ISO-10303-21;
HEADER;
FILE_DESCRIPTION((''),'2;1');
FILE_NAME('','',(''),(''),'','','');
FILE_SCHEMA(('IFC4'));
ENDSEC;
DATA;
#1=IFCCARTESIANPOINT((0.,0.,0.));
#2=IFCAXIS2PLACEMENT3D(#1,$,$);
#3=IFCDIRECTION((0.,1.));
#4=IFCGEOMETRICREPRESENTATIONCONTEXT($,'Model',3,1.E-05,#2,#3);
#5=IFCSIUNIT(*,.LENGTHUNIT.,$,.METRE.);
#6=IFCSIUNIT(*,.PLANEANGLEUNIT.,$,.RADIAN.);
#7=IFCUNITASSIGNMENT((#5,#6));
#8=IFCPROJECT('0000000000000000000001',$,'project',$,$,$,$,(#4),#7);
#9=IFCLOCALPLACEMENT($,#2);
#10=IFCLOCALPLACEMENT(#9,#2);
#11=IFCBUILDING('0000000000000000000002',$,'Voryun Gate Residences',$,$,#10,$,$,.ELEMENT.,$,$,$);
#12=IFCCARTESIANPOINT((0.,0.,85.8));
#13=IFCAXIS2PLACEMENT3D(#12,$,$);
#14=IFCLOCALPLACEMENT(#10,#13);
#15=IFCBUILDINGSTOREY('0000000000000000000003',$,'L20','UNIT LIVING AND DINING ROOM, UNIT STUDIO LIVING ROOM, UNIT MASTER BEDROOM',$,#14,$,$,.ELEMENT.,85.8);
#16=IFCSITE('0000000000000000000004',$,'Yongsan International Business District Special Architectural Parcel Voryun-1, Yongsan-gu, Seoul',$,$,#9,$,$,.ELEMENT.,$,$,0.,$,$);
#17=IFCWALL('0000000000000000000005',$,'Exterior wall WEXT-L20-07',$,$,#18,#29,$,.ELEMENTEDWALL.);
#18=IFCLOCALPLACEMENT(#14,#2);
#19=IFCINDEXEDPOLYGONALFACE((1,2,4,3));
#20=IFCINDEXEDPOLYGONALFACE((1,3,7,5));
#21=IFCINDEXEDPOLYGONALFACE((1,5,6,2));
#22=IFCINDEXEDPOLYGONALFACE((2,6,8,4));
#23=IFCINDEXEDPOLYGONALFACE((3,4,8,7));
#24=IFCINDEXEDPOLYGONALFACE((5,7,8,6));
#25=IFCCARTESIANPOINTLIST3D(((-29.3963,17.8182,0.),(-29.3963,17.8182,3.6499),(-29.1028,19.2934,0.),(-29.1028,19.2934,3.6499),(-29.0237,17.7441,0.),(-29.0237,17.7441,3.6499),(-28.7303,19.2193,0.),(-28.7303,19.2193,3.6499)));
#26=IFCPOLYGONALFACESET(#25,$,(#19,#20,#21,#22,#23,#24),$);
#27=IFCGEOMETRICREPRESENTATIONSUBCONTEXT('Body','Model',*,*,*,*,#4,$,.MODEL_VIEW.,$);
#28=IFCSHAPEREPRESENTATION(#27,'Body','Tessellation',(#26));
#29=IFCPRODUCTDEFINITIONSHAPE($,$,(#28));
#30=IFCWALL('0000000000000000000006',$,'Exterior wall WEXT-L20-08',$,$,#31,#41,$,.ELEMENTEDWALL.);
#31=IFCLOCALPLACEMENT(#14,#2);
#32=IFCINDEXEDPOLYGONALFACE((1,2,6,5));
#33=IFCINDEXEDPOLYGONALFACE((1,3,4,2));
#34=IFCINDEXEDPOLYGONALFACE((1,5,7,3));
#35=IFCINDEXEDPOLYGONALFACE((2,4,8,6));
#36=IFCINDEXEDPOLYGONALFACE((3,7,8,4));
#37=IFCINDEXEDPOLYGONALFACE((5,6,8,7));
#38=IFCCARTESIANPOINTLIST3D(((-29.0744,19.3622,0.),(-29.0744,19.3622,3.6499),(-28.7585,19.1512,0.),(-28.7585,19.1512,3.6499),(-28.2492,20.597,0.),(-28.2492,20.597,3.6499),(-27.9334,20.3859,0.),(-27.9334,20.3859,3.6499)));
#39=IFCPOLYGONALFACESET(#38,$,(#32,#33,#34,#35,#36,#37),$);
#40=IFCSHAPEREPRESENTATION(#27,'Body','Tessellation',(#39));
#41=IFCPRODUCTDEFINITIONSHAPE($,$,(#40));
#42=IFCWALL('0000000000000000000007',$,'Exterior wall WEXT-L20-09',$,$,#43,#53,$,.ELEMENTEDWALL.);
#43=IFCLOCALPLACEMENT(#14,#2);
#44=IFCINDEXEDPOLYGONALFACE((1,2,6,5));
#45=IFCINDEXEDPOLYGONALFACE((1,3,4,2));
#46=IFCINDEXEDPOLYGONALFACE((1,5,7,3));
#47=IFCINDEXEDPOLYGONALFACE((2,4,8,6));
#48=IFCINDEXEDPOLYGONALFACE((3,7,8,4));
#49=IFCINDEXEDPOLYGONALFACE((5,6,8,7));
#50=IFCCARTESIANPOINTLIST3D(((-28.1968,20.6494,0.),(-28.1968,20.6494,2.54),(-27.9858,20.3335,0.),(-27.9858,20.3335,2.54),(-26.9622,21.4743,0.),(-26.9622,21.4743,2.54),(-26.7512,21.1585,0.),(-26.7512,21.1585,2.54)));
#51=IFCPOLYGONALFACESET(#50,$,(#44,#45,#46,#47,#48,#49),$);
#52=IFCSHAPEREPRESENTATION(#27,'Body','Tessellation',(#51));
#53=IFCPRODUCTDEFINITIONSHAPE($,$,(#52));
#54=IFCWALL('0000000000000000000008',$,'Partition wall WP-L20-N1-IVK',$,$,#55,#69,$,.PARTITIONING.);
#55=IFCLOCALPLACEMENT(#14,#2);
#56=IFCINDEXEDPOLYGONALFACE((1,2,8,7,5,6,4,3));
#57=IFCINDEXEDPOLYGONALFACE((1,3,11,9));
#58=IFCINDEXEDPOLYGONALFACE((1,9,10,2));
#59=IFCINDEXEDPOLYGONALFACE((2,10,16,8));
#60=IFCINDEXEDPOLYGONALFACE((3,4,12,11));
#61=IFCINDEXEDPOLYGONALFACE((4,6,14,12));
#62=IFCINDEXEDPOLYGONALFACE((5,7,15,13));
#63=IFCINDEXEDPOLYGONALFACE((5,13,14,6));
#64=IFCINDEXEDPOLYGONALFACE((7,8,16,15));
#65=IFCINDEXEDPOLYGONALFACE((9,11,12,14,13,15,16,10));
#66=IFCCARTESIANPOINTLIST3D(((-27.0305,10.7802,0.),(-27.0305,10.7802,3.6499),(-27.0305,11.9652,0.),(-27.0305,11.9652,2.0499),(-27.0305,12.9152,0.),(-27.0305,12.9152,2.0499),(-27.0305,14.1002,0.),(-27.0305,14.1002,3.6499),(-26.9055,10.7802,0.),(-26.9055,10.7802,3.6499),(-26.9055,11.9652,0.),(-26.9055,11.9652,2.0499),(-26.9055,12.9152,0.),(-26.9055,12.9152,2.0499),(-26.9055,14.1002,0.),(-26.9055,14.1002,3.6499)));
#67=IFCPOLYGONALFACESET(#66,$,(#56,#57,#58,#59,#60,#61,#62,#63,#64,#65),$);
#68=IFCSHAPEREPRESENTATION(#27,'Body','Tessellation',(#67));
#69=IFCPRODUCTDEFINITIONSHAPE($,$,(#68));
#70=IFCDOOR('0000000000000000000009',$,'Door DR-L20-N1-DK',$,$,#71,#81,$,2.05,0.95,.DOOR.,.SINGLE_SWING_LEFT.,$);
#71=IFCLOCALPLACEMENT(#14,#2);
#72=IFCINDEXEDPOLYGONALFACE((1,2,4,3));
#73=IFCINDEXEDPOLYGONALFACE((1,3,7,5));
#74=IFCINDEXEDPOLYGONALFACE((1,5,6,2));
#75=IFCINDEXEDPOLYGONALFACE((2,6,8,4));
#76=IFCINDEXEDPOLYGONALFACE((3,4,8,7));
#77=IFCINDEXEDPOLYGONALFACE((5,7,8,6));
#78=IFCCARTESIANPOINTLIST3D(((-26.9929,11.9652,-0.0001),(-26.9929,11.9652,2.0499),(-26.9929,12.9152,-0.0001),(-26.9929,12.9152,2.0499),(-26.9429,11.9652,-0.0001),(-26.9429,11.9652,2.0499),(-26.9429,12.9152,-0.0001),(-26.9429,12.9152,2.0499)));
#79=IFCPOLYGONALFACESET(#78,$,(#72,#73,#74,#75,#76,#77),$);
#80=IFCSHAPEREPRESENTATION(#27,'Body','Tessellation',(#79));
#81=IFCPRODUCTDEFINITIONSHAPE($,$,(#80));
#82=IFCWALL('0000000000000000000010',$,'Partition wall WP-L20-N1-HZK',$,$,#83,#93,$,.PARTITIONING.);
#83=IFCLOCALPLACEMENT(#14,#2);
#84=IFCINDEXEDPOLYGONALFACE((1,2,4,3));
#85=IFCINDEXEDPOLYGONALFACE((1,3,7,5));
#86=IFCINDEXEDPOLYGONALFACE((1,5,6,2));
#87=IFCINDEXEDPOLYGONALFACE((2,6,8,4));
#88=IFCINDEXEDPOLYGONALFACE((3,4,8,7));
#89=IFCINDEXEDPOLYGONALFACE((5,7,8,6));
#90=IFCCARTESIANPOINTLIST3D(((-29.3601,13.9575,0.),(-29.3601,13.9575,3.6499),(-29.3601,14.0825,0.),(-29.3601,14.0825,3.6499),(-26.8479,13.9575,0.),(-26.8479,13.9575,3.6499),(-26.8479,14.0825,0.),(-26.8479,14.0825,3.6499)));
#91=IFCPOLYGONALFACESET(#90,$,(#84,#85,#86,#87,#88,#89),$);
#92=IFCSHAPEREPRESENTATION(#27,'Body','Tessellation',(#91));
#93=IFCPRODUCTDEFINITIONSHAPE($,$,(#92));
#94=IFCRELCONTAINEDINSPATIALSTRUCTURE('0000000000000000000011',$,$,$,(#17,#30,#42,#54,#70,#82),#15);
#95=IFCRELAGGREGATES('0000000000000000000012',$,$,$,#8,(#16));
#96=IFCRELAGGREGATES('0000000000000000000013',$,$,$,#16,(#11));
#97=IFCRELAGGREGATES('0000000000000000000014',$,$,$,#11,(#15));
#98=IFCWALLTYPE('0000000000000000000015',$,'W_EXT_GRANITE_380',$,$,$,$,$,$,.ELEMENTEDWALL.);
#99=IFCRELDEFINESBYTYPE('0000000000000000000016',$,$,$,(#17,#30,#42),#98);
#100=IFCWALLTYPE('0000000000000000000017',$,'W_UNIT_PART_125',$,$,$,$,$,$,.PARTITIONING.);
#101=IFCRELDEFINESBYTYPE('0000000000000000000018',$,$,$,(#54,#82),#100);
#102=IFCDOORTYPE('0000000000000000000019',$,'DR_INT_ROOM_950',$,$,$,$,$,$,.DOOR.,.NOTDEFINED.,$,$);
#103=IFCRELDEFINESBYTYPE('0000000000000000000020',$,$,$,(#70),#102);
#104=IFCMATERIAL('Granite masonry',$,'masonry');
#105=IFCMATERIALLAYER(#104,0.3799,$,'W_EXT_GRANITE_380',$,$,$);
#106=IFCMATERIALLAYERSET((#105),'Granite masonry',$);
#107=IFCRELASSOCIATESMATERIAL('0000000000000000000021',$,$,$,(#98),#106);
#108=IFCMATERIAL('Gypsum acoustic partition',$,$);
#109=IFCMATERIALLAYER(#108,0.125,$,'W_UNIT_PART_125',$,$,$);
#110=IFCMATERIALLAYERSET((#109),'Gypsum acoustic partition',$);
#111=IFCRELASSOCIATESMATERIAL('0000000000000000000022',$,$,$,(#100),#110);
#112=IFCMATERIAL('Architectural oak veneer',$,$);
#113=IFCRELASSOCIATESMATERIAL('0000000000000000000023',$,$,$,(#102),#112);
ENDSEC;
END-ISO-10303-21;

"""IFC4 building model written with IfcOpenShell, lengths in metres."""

from ifc_helpers import new_model, si_unit, direction, frame, frame_2d, origin, place, context, subcontext, project, spatial, rectangle, extrude, material, layer, layer_set, type_object, element, fill, save


model = new_model("IFC4")

# Units and contexts
model_context = context("Model", 3, precision=1e-05, world=origin(), true_north=direction((0.0, 1.0)))
body_context = subcontext(model_context, "Body", "Model", "MODEL_VIEW")
ifc_project = project(units=[si_unit("LENGTHUNIT", "METRE"), si_unit("PLANEANGLEUNIT", "RADIAN")], contexts=[model_context])

# Site, building, storey
site_placement = place(None, origin())
site = spatial("IfcSite", under=ifc_project, at=site_placement, Name="Yongsan International Business District Special Architectural Parcel Voryun-1, Yongsan-gu, Seoul", CompositionType="ELEMENT", RefElevation=0.0)
building_placement = place(site_placement, origin())
building = spatial("IfcBuilding", under=site, at=building_placement, Name="Voryun Gate Residences", CompositionType="ELEMENT")
storey_placement = place(building_placement, frame((0.0, 0.0, 85.8)))
storey = spatial("IfcBuildingStorey", under=building, at=storey_placement, Name="L20", Description="UNIT LIVING AND DINING ROOM, UNIT STUDIO LIVING ROOM, UNIT MASTER BEDROOM", CompositionType="ELEMENT", Elevation=85.8)

# Walls
ifc_material_1 = material(Name="Granite masonry", Category="masonry")
ifc_layer_1 = layer(ifc_material_1, 0.3799, Name="W_EXT_GRANITE_380")
ifc_layer_set_1 = layer_set([ifc_layer_1], Name="Granite masonry")
wall_type_1 = type_object("IfcWallType", Name="W_EXT_GRANITE_380", PredefinedType="ELEMENTEDWALL", material=ifc_layer_set_1)
wall_1_placement = place(storey_placement, frame((-29.21, 17.7812, 0.0), z_axis=(0.0, 0.0, 1.0), x_axis=(0.195086, 0.980786, 0.0)))
element("IfcWall", 1, at=wall_1_placement, inside=storey, type_object=wall_type_1, Name="Exterior wall WEXT-L20-07", PredefinedType="ELEMENTEDWALL", context=body_context, shape_type="SweptSolid", body=[
    extrude(rectangle(XDim=1.5042, YDim=0.3799, at=frame_2d((0.752, 0.0))), origin(), (0.0, 0.0, 1.0), 3.6499),
])
wall_2_placement = place(storey_placement, frame((-28.9165, 19.2566, 0.0), z_axis=(0.0, 0.0, 1.0), x_axis=(0.55561, 0.831443, 0.0)))
element("IfcWall", 2, at=wall_2_placement, inside=storey, type_object=wall_type_1, Name="Exterior wall WEXT-L20-08", PredefinedType="ELEMENTEDWALL", context=body_context, shape_type="SweptSolid", body=[
    extrude(rectangle(XDim=1.4851, YDim=0.3799, at=frame_2d((0.7427, 0.0))), origin(), (0.0, 0.0, 1.0), 3.6499),
])
wall_3_placement = place(storey_placement, frame((-28.0913, 20.4915, 0.0), z_axis=(0.0, 0.0, 1.0), x_axis=(0.831468, 0.555573, 0.0)))
element("IfcWall", 3, at=wall_3_placement, inside=storey, type_object=wall_type_1, Name="Exterior wall WEXT-L20-09", PredefinedType="ELEMENTEDWALL", context=body_context, shape_type="SweptSolid", body=[
    extrude(rectangle(XDim=1.4849, YDim=0.3799, at=frame_2d((0.7424, 0.0))), origin(), (0.0, 0.0, 1.0), 2.54),
])

# Wall, opening, door
ifc_material_2 = material(Name="Gypsum acoustic partition")
ifc_layer_2 = layer(ifc_material_2, 0.125, Name="W_UNIT_PART_125")
ifc_layer_set_2 = layer_set([ifc_layer_2], Name="Gypsum acoustic partition")
wall_type_2 = type_object("IfcWallType", Name="W_UNIT_PART_125", PredefinedType="PARTITIONING", material=ifc_layer_set_2)
wall_4_placement = place(storey_placement, frame((-26.968, 10.78, 0.0), z_axis=(0.0, 0.0, 1.0), x_axis=(0.0, 1.0, 0.0)))
wall_4 = element("IfcWall", 4, at=wall_4_placement, inside=storey, type_object=wall_type_2, Name="Partition wall WP-L20-N1-IVK", PredefinedType="PARTITIONING", context=body_context, shape_type="SweptSolid", body=[
    extrude(rectangle(XDim=3.3201, YDim=0.125, at=frame_2d((1.6602, 0.0))), origin(), (0.0, 0.0, 1.0), 3.6499),
])
opening_1_placement = place(wall_4_placement, frame((1.1851, 0.0, 0.0)))
opening_1 = element("IfcOpeningElement", 5, at=opening_1_placement, cuts=wall_4, PredefinedType="OPENING", context=body_context, shape_type="SweptSolid", body=[
    extrude(rectangle(XDim=0.95, YDim=2.05, at=frame_2d((0.4751, 1.0249))), frame((0.0, 0.0725, 0.0), z_axis=(0.0, -1.0, 0.0), x_axis=(1.0, 0.0, 0.0)), (0.0, 0.0, 1.0), 0.145),
])
ifc_material_3 = material(Name="Architectural oak veneer")
door_type_1 = type_object("IfcDoorType", Name="DR_INT_ROOM_950", OperationType="NOTDEFINED", PredefinedType="DOOR", material=ifc_material_3)
door_1_placement = place(opening_1_placement, origin())
door_1 = element("IfcDoor", 6, at=door_1_placement, inside=storey, type_object=door_type_1, Name="Door DR-L20-N1-DK", OperationType="SINGLE_SWING_LEFT", OverallHeight=2.05, OverallWidth=0.95, PredefinedType="DOOR", context=body_context, shape_type="SweptSolid", body=[
    extrude(rectangle(XDim=0.95, YDim=2.05, at=frame_2d((0.4751, 1.0249))), frame((0.0, 0.0249, 0.0), z_axis=(0.0, -1.0, 0.0), x_axis=(1.0, 0.0, 0.0)), (0.0, 0.0, 1.0), 0.05),
])
fill(opening_1, door_1)

# Wall
wall_5_placement = place(storey_placement, frame((-29.3601, 14.02, 0.0), z_axis=(0.0, 0.0, 1.0), x_axis=(1.0, 0.0, 0.0)))
element("IfcWall", 7, at=wall_5_placement, inside=storey, type_object=wall_type_2, Name="Partition wall WP-L20-N1-HZK", PredefinedType="PARTITIONING", context=body_context, shape_type="SweptSolid", body=[
    extrude(rectangle(XDim=2.5122, YDim=0.125, at=frame_2d((1.2561, 0.0))), origin(), (0.0, 0.0, 1.0), 3.6499),
])

save(model, "model.ifc")
